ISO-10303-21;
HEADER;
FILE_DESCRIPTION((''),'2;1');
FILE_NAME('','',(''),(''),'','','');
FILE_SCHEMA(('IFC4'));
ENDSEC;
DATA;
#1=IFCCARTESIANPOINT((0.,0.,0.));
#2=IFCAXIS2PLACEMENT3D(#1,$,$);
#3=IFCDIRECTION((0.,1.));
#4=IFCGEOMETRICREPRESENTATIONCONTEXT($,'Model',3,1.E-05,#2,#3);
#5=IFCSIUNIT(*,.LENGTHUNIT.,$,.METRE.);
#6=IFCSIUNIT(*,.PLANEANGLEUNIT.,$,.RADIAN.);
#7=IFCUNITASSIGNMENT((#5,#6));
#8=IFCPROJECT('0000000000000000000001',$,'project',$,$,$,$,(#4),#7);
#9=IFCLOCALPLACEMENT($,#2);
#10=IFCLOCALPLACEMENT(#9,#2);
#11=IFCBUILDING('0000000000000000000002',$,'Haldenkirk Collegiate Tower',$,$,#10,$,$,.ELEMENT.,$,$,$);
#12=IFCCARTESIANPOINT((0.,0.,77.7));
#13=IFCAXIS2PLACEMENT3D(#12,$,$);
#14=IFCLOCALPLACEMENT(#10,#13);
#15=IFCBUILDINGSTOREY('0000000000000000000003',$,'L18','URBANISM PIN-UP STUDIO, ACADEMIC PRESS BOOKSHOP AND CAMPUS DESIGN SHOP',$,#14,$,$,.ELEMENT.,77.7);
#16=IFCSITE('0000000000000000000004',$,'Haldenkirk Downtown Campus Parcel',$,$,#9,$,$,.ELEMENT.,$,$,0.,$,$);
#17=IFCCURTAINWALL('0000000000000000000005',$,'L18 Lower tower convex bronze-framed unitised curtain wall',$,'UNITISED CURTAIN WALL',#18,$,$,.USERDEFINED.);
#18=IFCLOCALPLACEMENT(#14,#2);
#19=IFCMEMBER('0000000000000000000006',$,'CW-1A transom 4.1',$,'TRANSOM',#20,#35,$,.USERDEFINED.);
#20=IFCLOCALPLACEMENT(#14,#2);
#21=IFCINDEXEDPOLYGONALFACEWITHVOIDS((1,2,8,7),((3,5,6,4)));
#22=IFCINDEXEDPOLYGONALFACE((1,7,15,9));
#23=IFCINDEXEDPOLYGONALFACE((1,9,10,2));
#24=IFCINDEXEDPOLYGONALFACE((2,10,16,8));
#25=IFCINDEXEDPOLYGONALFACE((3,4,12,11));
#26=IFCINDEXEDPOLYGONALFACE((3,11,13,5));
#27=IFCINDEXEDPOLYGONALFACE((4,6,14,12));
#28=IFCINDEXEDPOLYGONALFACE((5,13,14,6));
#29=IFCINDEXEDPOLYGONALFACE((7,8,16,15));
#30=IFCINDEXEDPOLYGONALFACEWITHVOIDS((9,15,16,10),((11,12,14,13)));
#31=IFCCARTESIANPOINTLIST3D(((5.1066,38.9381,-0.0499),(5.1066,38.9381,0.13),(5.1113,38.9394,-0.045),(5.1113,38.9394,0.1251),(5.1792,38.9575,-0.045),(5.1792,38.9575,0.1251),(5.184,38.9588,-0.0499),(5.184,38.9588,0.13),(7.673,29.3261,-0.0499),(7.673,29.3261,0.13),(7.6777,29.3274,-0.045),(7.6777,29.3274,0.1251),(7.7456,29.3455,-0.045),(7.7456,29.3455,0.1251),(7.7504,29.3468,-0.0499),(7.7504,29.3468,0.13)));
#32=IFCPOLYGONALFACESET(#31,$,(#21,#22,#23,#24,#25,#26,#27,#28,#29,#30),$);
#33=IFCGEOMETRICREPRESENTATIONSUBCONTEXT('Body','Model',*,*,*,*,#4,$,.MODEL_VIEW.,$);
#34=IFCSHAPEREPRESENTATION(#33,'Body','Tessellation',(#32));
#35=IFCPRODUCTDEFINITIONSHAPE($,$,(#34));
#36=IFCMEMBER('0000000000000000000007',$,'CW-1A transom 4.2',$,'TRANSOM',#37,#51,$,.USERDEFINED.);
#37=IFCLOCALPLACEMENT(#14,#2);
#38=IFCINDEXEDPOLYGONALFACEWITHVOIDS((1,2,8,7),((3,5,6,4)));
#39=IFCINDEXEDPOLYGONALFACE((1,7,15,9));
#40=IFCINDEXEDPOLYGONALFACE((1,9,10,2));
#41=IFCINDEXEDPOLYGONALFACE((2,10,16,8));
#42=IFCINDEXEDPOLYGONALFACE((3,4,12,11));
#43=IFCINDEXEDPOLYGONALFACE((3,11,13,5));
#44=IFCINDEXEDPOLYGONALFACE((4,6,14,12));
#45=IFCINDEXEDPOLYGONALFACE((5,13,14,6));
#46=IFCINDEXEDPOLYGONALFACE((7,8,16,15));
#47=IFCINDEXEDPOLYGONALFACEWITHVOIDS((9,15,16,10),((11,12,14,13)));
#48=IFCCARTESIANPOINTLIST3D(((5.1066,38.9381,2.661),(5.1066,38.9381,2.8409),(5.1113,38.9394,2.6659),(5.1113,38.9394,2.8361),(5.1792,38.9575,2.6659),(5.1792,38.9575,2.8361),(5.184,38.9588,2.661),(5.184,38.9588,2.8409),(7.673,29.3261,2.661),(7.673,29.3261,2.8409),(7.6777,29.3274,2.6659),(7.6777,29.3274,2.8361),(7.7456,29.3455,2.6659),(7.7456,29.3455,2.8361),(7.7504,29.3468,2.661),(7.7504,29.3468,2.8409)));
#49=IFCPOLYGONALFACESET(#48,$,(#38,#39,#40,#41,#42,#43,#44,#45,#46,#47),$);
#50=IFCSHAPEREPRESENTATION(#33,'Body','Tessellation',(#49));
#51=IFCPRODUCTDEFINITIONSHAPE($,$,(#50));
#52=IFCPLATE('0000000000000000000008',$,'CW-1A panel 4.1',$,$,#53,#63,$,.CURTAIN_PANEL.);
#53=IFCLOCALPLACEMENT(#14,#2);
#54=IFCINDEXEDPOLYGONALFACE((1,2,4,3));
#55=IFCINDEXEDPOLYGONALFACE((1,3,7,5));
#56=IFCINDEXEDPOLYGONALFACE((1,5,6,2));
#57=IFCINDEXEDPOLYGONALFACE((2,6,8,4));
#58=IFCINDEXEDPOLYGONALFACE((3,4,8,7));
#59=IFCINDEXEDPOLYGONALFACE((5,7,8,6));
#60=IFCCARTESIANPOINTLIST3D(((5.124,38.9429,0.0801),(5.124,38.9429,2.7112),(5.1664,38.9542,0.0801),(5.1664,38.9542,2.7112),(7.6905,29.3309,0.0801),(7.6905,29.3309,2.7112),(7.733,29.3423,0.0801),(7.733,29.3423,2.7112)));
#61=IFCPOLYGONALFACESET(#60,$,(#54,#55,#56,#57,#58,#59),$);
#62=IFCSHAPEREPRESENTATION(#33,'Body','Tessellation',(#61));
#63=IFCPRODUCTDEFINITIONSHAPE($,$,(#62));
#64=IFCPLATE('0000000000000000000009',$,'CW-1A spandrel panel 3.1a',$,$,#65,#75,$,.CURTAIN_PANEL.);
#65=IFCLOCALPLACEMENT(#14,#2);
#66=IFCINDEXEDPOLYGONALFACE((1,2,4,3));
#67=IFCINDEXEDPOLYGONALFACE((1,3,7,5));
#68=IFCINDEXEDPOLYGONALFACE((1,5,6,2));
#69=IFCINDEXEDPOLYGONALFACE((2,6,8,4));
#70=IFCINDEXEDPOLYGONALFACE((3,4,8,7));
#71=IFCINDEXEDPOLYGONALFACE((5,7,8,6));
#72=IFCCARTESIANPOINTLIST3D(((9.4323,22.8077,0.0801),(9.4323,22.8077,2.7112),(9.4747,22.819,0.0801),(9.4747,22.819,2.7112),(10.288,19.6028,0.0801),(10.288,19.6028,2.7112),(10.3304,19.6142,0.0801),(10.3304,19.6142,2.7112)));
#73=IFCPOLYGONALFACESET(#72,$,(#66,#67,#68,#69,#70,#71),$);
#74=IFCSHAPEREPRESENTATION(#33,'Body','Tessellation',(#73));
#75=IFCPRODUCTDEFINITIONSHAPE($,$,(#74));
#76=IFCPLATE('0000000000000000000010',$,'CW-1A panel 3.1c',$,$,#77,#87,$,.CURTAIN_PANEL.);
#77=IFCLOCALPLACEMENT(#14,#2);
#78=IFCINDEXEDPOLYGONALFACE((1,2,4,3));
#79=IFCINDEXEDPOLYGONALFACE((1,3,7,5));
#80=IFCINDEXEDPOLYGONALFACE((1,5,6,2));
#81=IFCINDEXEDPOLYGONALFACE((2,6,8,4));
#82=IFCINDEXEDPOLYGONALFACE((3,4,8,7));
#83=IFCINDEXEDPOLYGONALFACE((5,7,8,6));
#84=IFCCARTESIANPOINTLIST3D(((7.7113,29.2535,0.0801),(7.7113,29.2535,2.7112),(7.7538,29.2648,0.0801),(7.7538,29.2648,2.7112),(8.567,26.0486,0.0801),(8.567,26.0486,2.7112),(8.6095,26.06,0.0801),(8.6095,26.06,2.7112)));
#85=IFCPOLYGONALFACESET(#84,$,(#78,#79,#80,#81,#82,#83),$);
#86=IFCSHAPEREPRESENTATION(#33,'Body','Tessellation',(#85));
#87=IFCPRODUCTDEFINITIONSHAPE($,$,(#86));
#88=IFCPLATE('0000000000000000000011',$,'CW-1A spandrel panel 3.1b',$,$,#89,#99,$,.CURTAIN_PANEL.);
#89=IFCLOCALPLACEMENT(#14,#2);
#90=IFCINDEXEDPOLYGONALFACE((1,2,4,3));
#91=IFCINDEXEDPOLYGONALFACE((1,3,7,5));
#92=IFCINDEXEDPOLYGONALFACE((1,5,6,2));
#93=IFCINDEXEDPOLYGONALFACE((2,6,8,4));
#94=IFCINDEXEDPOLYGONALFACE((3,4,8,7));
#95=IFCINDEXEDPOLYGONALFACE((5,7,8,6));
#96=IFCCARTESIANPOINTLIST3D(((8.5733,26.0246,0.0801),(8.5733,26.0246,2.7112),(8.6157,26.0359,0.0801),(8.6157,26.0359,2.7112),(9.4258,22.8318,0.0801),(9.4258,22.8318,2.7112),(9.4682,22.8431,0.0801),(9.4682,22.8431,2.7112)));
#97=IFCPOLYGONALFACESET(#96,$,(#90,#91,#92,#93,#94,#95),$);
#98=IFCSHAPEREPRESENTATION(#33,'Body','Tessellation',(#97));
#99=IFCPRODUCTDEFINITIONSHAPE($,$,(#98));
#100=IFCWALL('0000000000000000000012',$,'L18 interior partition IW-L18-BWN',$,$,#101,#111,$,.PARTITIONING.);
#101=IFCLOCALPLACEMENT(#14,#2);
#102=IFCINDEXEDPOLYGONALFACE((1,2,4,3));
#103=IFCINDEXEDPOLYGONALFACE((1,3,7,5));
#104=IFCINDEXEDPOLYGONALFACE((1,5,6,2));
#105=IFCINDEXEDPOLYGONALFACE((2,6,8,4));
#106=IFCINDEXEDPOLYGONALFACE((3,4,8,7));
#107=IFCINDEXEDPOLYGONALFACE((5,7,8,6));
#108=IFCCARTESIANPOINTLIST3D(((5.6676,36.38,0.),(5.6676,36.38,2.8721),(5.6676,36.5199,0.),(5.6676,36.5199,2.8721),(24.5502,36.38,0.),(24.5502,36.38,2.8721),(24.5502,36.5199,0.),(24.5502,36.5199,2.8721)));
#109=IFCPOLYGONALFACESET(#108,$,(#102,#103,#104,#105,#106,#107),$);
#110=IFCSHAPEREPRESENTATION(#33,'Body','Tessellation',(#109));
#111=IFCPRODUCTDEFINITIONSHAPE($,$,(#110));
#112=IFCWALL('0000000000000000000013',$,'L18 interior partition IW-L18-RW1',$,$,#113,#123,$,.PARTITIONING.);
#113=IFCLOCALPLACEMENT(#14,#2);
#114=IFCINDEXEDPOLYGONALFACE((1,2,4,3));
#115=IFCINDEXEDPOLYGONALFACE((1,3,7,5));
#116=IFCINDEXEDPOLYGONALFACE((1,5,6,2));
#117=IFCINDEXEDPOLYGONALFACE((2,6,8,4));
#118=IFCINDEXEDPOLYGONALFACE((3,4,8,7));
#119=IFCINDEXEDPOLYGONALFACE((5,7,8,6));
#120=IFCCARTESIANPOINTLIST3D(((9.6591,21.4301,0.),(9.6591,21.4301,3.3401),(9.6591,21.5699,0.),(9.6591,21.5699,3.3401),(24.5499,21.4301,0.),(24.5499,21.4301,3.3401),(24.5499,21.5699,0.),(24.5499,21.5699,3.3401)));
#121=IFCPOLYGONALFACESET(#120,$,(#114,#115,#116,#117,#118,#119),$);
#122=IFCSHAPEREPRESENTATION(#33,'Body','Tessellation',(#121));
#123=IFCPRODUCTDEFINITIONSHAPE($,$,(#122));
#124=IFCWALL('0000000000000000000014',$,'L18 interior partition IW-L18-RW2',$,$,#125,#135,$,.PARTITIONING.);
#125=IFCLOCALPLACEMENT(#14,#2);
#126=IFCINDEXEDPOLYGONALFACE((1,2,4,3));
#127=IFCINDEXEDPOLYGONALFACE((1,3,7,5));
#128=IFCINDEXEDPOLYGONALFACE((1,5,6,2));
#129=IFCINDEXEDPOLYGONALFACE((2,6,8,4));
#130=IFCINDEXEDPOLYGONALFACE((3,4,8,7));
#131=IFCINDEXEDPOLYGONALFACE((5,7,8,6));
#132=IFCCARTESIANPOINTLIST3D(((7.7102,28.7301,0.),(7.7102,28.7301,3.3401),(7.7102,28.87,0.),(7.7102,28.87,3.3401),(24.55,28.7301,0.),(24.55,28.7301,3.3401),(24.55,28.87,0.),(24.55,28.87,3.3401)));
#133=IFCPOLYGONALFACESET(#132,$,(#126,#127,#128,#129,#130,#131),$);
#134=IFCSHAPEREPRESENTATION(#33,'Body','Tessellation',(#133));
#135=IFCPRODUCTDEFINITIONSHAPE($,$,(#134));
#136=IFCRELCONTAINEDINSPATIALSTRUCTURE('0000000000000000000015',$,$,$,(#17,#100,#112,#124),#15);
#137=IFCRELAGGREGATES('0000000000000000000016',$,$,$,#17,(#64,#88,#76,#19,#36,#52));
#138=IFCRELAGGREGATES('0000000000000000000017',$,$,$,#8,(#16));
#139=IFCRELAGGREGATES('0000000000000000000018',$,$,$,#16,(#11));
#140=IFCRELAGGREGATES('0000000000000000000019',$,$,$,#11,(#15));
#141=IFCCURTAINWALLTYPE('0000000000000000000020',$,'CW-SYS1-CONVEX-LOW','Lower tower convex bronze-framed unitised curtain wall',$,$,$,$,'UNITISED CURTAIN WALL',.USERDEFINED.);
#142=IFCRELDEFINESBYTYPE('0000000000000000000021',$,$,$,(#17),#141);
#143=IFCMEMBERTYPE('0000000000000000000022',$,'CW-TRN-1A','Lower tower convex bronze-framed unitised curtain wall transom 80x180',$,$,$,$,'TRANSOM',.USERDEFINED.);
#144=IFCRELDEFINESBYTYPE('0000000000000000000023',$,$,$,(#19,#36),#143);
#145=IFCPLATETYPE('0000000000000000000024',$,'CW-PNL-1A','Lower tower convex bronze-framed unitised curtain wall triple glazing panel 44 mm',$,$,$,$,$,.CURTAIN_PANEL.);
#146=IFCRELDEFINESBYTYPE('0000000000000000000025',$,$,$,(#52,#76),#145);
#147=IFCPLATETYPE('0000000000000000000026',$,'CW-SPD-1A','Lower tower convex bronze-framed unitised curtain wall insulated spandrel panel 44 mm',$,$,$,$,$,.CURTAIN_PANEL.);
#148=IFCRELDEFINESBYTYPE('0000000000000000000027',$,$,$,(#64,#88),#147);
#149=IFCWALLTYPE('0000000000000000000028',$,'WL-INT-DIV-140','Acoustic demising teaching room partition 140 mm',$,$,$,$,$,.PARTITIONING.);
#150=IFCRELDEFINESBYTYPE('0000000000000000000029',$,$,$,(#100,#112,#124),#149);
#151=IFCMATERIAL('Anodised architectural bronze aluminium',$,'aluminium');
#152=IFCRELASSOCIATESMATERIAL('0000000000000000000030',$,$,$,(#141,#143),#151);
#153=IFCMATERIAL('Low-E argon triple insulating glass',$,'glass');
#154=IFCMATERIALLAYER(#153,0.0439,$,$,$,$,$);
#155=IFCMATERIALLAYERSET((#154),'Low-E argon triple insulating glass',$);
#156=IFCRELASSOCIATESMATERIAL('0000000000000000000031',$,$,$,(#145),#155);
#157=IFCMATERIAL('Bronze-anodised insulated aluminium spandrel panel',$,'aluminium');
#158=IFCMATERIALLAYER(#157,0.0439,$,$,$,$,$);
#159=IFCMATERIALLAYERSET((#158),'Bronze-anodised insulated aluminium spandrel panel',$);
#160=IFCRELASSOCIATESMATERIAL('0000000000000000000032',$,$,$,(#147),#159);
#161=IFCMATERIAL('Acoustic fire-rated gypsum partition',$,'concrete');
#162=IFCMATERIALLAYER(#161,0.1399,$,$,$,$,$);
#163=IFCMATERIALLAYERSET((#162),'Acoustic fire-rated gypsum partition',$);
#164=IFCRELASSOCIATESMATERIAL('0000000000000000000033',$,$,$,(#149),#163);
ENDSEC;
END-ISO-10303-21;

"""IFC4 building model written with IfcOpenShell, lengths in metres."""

from ifc_helpers import new_model, si_unit, direction, frame, frame_2d, origin, origin_2d, place, context, subcontext, project, spatial, rectangle, hollow_rectangle, extrude, source, transform, mapped, material, layer, layer_set, material_profile, profile_set, type_object, element, aggregate, save


model = new_model("IFC4")

# Units and contexts
model_context = context("Model", 3, precision=1e-05, world=origin(), true_north=direction((0.0, 1.0)))
body_context = subcontext(model_context, "Body", "Model", "MODEL_VIEW")
ifc_project = project(units=[si_unit("LENGTHUNIT", "METRE"), si_unit("PLANEANGLEUNIT", "RADIAN")], contexts=[model_context])

# Site, building, storey
site_placement = place(None, origin())
site = spatial("IfcSite", under=ifc_project, at=site_placement, Name="Haldenkirk Downtown Campus Parcel", CompositionType="ELEMENT", RefElevation=0.0)
building_placement = place(site_placement, origin())
building = spatial("IfcBuilding", under=site, at=building_placement, Name="Haldenkirk Collegiate Tower", CompositionType="ELEMENT")
storey_placement = place(building_placement, frame((0.0, 0.0, 77.7)))
storey = spatial("IfcBuildingStorey", under=building, at=storey_placement, Name="L18", Description="URBANISM PIN-UP STUDIO, ACADEMIC PRESS BOOKSHOP AND CAMPUS DESIGN SHOP", CompositionType="ELEMENT", Elevation=77.7)

# Curtain wall, members, plates
ifc_material_1 = material(Name="Anodised architectural bronze aluminium", Category="aluminium")
curtain_wall_type = type_object("IfcCurtainWallType", Name="CW-SYS1-CONVEX-LOW", Description="Lower tower convex bronze-framed unitised curtain wall", ElementType="UNITISED CURTAIN WALL", PredefinedType="USERDEFINED", material=ifc_material_1)
curtain_wall_placement = place(storey_placement, origin())
curtain_wall = element("IfcCurtainWall", 1, at=curtain_wall_placement, inside=storey, type_object=curtain_wall_type, Name="L18 Lower tower convex bronze-framed unitised curtain wall", ObjectType="UNITISED CURTAIN WALL", PredefinedType="USERDEFINED")
ifc_material_profile_1 = material_profile(ifc_material_1, hollow_rectangle(XDim=0.0801, YDim=0.1799, WallThickness=0.0049, at=origin_2d()), Name="CW-TRN-1A")
ifc_profile_set_1 = profile_set([ifc_material_profile_1], Name="Anodised architectural bronze aluminium")
member_type_1 = type_object("IfcMemberType", Name="CW-TRN-1A", Description="Lower tower convex bronze-framed unitised curtain wall transom 80x180", ElementType="TRANSOM", PredefinedType="USERDEFINED", material=ifc_profile_set_1)
member_1_placement = place(storey_placement, frame((7.7117, 29.3364, 0.04), z_axis=(-0.257962, 0.966155, 0.0), x_axis=(-0.966155, -0.257962, 0.0)))
member_1 = element("IfcMember", 2, at=member_1_placement, type_object=member_type_1, Name="CW-1A transom 4.1", ObjectType="TRANSOM", PredefinedType="USERDEFINED", context=body_context, shape_type="SweptSolid", body=[
    extrude(hollow_rectangle(XDim=0.0801, YDim=0.1799, WallThickness=0.0049, at=origin_2d()), origin(), (0.0, 0.0, 1.0), 9.9487),
])
member_2_placement = place(storey_placement, frame((7.7117, 29.3364, 2.751), z_axis=(-0.257962, 0.966155, 0.0), x_axis=(-0.966155, -0.257962, 0.0)))
member_2 = element("IfcMember", 3, at=member_2_placement, type_object=member_type_1, Name="CW-1A transom 4.2", ObjectType="TRANSOM", PredefinedType="USERDEFINED", context=body_context, shape_type="SweptSolid", body=[
    extrude(hollow_rectangle(XDim=0.0801, YDim=0.1799, WallThickness=0.0049, at=origin_2d()), origin(), (0.0, 0.0, 1.0), 9.9487),
])
ifc_material_2 = material(Name="Low-E argon triple insulating glass", Category="glass")
ifc_layer_1 = layer(ifc_material_2, 0.0439)
ifc_layer_set_1 = layer_set([ifc_layer_1], Name="Low-E argon triple insulating glass")
plate_type_1 = type_object("IfcPlateType", Name="CW-PNL-1A", Description="Lower tower convex bronze-framed unitised curtain wall triple glazing panel 44 mm", PredefinedType="CURTAIN_PANEL", material=ifc_layer_set_1)
shared_shape_1 = source(origin(), body_context, "Body", "SweptSolid", [
    extrude(rectangle(XDim=9.9487, YDim=0.0439, at=origin_2d()), origin(), (0.0, 0.0, 1.0), 2.6311),
])
plate_1_placement = place(storey_placement, frame((6.4285, 34.1426, 0.0801), z_axis=(0.0, 0.0, 1.0), x_axis=(-0.257974, 0.966152, 0.0)))
plate_1 = element("IfcPlate", 4, at=plate_1_placement, type_object=plate_type_1, Name="CW-1A panel 4.1", PredefinedType="CURTAIN_PANEL", context=body_context, shape_type="MappedRepresentation", body=[
    mapped(shared_shape_1, transform((0.0, 0.0, 0.0), x_axis=(1.0, 0.0, 0.0), y_axis=(0.0, 1.0, 0.0), z_axis=(0.0, 0.0, 1.0), scale=1.0)),
])
ifc_material_3 = material(Name="Bronze-anodised insulated aluminium spandrel panel", Category="aluminium")
ifc_layer_2 = layer(ifc_material_3, 0.0439)
ifc_layer_set_2 = layer_set([ifc_layer_2], Name="Bronze-anodised insulated aluminium spandrel panel")
plate_type_2 = type_object("IfcPlateType", Name="CW-SPD-1A", Description="Lower tower convex bronze-framed unitised curtain wall insulated spandrel panel 44 mm", PredefinedType="CURTAIN_PANEL", material=ifc_layer_set_2)
shared_shape_2 = source(origin(), body_context, "Body", "SweptSolid", [
    extrude(rectangle(XDim=3.3171, YDim=0.0439, at=origin_2d()), origin(), (0.0, 0.0, 1.0), 2.6311),
])
plate_2_placement = place(storey_placement, frame((9.8813, 21.2109, 0.0801), z_axis=(0.0, 0.0, 1.0), x_axis=(-0.257974, 0.966152, 0.0)))
plate_2 = element("IfcPlate", 5, at=plate_2_placement, type_object=plate_type_2, Name="CW-1A spandrel panel 3.1a", PredefinedType="CURTAIN_PANEL", context=body_context, shape_type="MappedRepresentation", body=[
    mapped(shared_shape_2, transform((0.0, 0.0, 0.0), x_axis=(1.0, 0.0, 0.0), y_axis=(0.0, 1.0, 0.0), z_axis=(0.0, 0.0, 1.0), scale=1.0)),
])
plate_3_placement = place(storey_placement, frame((8.1604, 27.6567, 0.0801), z_axis=(0.0, 0.0, 1.0), x_axis=(-0.257974, 0.966152, 0.0)))
plate_3 = element("IfcPlate", 6, at=plate_3_placement, type_object=plate_type_1, Name="CW-1A panel 3.1c", PredefinedType="CURTAIN_PANEL", context=body_context, shape_type="MappedRepresentation", body=[
    mapped(shared_shape_2, transform((0.0, 0.0, 0.0), x_axis=(1.0, 0.0, 0.0), y_axis=(0.0, 1.0, 0.0), z_axis=(0.0, 0.0, 1.0), scale=1.0)),
])
shared_shape_3 = source(origin(), body_context, "Body", "SweptSolid", [
    extrude(rectangle(XDim=3.3047, YDim=0.0439, at=origin_2d()), origin(), (0.0, 0.0, 1.0), 2.6311),
])
plate_4_placement = place(storey_placement, frame((9.0208, 24.4338, 0.0801), z_axis=(0.0, 0.0, 1.0), x_axis=(-0.257974, 0.966152, 0.0)))
plate_4 = element("IfcPlate", 7, at=plate_4_placement, type_object=plate_type_2, Name="CW-1A spandrel panel 3.1b", PredefinedType="CURTAIN_PANEL", context=body_context, shape_type="MappedRepresentation", body=[
    mapped(shared_shape_3, transform((0.0, 0.0, 0.0), x_axis=(1.0, 0.0, 0.0), y_axis=(0.0, 1.0, 0.0), z_axis=(0.0, 0.0, 1.0), scale=1.0)),
])
aggregate(curtain_wall, [plate_2, plate_4, plate_3, member_1, member_2, plate_1])

# Walls
ifc_material_4 = material(Name="Acoustic fire-rated gypsum partition", Category="concrete")
ifc_layer_3 = layer(ifc_material_4, 0.1399)
ifc_layer_set_3 = layer_set([ifc_layer_3], Name="Acoustic fire-rated gypsum partition")
wall_type = type_object("IfcWallType", Name="WL-INT-DIV-140", Description="Acoustic demising teaching room partition 140 mm", PredefinedType="PARTITIONING", material=ifc_layer_set_3)
wall_1_placement = place(storey_placement, frame((5.6675, 36.45, 0.0), z_axis=(0.0, 0.0, 1.0), x_axis=(1.0, 0.0, 0.0)))
element("IfcWall", 8, at=wall_1_placement, inside=storey, type_object=wall_type, Name="L18 interior partition IW-L18-BWN", PredefinedType="PARTITIONING", context=body_context, shape_type="SweptSolid", body=[
    extrude(rectangle(XDim=18.8826, YDim=0.1399, at=frame_2d((9.4414, 0.0))), origin(), (0.0, 0.0, 1.0), 2.8721),
])
wall_2_placement = place(storey_placement, frame((9.6592, 21.5, 0.0), z_axis=(0.0, 0.0, 1.0), x_axis=(1.0, 0.0, 0.0)))
element("IfcWall", 9, at=wall_2_placement, inside=storey, type_object=wall_type, Name="L18 interior partition IW-L18-RW1", PredefinedType="PARTITIONING", context=body_context, shape_type="SweptSolid", body=[
    extrude(rectangle(XDim=14.8909, YDim=0.1399, at=frame_2d((7.4453, 0.0))), origin(), (0.0, 0.0, 1.0), 3.3401),
])
wall_3_placement = place(storey_placement, frame((7.7102, 28.8, 0.0), z_axis=(0.0, 0.0, 1.0), x_axis=(1.0, 0.0, 0.0)))
element("IfcWall", 10, at=wall_3_placement, inside=storey, type_object=wall_type, Name="L18 interior partition IW-L18-RW2", PredefinedType="PARTITIONING", context=body_context, shape_type="SweptSolid", body=[
    extrude(rectangle(XDim=16.8398, YDim=0.1399, at=frame_2d((8.4199, 0.0))), origin(), (0.0, 0.0, 1.0), 3.3401),
])

save(model, "model.ifc")
